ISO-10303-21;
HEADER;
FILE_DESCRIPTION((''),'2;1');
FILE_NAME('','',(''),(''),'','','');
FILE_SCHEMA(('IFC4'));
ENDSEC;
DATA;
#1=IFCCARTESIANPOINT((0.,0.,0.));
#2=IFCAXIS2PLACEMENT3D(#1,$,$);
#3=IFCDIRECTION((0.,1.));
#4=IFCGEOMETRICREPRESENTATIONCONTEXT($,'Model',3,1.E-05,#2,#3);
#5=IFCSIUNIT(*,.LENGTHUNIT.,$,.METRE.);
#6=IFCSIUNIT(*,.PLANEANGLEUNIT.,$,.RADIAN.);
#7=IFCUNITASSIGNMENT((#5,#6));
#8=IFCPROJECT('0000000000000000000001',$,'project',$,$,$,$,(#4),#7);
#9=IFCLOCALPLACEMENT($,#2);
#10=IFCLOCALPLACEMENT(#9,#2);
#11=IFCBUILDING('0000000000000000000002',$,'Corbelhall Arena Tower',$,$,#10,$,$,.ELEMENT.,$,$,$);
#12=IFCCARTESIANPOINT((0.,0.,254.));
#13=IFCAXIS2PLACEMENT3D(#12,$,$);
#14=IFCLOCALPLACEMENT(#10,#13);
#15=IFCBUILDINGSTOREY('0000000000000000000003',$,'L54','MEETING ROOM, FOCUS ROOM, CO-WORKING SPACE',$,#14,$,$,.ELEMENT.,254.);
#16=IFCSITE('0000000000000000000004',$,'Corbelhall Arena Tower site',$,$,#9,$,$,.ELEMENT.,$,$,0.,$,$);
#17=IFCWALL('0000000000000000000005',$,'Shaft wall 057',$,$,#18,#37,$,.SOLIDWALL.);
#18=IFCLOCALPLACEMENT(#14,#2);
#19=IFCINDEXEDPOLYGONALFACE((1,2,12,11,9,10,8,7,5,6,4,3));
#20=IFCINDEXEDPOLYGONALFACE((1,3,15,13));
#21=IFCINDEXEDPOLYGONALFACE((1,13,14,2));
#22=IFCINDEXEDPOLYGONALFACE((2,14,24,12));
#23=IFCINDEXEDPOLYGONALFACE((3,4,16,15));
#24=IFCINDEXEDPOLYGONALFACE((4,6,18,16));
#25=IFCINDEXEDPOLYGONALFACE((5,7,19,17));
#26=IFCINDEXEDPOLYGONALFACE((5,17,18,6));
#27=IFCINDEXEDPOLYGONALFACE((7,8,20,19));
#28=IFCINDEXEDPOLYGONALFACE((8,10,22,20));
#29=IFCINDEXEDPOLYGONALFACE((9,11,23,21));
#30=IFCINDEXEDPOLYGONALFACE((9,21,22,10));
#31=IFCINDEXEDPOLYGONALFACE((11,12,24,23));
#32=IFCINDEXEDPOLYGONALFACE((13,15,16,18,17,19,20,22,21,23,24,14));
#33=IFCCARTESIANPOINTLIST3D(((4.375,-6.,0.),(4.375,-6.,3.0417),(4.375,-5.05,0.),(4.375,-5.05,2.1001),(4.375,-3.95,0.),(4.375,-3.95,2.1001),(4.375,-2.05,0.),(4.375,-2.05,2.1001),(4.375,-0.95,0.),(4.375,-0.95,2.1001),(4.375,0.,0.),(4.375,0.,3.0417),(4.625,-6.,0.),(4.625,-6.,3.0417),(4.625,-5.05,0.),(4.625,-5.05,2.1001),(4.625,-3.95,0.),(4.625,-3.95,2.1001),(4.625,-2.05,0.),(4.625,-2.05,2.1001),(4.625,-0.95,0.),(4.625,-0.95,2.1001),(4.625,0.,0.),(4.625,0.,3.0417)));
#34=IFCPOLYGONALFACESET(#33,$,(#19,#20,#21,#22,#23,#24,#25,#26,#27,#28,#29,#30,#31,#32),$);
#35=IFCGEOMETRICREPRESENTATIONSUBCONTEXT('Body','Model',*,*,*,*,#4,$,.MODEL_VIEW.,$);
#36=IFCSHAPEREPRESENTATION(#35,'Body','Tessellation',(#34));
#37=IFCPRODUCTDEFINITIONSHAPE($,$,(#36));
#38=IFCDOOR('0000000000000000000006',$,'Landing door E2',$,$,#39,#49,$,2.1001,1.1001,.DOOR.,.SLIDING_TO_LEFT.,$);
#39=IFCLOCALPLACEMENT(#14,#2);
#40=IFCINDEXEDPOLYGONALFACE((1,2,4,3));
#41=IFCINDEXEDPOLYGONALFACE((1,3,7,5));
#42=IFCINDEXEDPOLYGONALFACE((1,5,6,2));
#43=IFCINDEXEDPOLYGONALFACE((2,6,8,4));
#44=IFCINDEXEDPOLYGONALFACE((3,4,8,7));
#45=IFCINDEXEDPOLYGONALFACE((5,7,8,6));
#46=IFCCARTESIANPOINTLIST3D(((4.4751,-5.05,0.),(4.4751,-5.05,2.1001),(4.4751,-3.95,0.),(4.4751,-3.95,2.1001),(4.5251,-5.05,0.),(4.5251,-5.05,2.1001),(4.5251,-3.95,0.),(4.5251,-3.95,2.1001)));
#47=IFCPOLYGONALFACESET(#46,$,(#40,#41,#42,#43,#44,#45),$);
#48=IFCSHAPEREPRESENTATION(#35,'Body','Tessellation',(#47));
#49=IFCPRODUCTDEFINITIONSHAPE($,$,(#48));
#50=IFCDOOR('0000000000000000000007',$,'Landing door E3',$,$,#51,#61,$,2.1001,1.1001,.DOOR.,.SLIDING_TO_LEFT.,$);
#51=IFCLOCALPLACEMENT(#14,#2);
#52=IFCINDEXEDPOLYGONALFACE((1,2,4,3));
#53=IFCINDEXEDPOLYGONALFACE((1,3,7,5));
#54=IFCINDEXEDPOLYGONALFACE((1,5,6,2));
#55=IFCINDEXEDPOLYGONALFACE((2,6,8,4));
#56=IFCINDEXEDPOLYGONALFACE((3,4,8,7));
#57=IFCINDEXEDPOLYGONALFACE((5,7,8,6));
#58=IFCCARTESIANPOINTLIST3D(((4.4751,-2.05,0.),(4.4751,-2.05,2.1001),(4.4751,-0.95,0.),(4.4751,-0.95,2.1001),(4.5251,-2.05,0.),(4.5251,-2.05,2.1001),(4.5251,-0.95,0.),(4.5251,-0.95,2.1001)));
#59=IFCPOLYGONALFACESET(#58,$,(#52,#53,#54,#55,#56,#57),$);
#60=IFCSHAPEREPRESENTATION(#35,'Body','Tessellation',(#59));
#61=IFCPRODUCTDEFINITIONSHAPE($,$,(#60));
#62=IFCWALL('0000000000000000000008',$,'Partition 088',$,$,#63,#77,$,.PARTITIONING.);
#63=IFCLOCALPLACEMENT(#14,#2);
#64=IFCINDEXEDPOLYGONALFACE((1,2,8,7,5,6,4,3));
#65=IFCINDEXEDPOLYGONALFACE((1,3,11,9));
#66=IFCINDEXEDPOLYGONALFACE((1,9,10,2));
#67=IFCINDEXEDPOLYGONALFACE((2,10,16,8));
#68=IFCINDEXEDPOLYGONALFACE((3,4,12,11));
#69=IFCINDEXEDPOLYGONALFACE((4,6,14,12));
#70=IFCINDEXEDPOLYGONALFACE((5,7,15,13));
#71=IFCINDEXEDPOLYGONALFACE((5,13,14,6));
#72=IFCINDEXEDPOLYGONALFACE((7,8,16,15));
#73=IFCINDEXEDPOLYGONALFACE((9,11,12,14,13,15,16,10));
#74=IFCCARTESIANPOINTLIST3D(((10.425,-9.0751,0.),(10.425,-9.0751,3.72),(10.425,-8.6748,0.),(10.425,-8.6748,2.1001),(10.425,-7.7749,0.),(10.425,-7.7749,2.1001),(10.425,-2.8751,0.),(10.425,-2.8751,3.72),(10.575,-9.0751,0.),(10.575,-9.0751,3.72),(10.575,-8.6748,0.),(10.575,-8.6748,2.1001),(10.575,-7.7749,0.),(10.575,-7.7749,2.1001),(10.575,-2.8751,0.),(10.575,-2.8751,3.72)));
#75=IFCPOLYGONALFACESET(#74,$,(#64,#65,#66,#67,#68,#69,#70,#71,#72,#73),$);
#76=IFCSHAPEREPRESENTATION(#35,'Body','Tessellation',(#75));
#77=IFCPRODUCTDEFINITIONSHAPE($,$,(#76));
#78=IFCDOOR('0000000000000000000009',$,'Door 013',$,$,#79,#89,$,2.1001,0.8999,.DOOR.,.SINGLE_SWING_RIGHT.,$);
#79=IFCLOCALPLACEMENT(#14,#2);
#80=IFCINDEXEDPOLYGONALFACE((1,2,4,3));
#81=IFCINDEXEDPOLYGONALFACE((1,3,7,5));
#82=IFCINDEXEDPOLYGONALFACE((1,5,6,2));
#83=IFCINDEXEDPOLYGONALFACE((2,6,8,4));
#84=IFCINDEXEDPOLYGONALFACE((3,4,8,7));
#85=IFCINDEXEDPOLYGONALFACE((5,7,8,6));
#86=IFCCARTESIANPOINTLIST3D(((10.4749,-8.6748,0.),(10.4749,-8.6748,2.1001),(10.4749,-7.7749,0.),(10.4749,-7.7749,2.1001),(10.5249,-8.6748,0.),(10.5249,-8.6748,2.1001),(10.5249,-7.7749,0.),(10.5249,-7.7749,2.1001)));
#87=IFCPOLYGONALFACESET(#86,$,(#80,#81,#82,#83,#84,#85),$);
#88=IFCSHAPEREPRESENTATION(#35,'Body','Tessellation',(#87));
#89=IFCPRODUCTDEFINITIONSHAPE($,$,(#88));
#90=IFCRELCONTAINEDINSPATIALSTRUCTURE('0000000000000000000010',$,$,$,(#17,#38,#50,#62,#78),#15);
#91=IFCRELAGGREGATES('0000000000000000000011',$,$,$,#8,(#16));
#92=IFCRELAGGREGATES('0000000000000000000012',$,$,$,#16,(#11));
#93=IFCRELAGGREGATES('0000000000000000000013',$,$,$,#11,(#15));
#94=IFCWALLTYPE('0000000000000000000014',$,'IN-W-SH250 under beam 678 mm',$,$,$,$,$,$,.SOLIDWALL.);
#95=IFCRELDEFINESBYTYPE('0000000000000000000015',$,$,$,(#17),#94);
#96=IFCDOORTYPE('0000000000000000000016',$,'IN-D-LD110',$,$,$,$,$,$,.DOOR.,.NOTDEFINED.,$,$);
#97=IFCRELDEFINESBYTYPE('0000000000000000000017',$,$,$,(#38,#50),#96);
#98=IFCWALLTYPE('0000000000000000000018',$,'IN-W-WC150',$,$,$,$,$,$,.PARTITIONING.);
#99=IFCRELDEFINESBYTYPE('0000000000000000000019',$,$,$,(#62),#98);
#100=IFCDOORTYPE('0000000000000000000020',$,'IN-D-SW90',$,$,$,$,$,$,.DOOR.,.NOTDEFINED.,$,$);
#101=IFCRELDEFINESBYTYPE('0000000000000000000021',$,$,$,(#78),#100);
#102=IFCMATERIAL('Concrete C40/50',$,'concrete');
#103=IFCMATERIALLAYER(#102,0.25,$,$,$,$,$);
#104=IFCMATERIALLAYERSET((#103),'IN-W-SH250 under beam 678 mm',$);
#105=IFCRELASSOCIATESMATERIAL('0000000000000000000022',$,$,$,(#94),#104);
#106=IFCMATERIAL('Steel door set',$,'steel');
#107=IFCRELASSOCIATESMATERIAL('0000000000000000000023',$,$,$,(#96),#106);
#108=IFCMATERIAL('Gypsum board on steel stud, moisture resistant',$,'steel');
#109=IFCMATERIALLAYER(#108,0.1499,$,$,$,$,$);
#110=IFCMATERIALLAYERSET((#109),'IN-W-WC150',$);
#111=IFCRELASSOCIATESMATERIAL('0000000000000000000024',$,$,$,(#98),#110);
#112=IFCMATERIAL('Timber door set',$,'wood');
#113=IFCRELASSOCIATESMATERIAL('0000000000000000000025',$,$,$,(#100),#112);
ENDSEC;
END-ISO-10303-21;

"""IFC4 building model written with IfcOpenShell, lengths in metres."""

from ifc_helpers import new_model, si_unit, direction, frame, frame_2d, origin, place, context, subcontext, project, spatial, rectangle, extrude, material, layer, layer_set, type_object, element, fill, save


model = new_model("IFC4")

# Units and contexts
model_context = context("Model", 3, precision=1e-05, world=origin(), true_north=direction((0.0, 1.0)))
body_context = subcontext(model_context, "Body", "Model", "MODEL_VIEW")
ifc_project = project(units=[si_unit("LENGTHUNIT", "METRE"), si_unit("PLANEANGLEUNIT", "RADIAN")], contexts=[model_context])

# Site, building, storey
site_placement = place(None, origin())
site = spatial("IfcSite", under=ifc_project, at=site_placement, Name="Corbelhall Arena Tower site", CompositionType="ELEMENT", RefElevation=0.0)
building_placement = place(site_placement, origin())
building = spatial("IfcBuilding", under=site, at=building_placement, Name="Corbelhall Arena Tower", CompositionType="ELEMENT")
storey_placement = place(building_placement, frame((0.0, 0.0, 254.0)))
storey = spatial("IfcBuildingStorey", under=building, at=storey_placement, Name="L54", Description="MEETING ROOM, FOCUS ROOM, CO-WORKING SPACE", CompositionType="ELEMENT", Elevation=254.0)

# Shared definitions
ifc_material_1 = material(Name="Concrete C40/50", Category="concrete")

# Shared definitions
ifc_material_2 = material(Name="Steel door set", Category="steel")

# Wall, openings, doors
ifc_layer_1 = layer(ifc_material_1, 0.25)
ifc_layer_set_1 = layer_set([ifc_layer_1], Name="IN-W-SH250 under beam 678 mm")
wall_type_1 = type_object("IfcWallType", Name="IN-W-SH250 under beam 678 mm", PredefinedType="SOLIDWALL", material=ifc_layer_set_1)
wall_1_placement = place(storey_placement, frame((4.5, -6.0, 0.0), z_axis=(0.0, 0.0, 1.0), x_axis=(0.0, 1.0, 0.0)))
wall_1 = element("IfcWall", 1, at=wall_1_placement, inside=storey, type_object=wall_type_1, Name="Shaft wall 057", PredefinedType="SOLIDWALL", context=body_context, shape_type="SweptSolid", body=[
    extrude(rectangle(XDim=6.0, YDim=0.25, at=frame_2d((3.0, 0.0))), origin(), (0.0, 0.0, 1.0), 3.0417),
])
opening_1_placement = place(wall_1_placement, frame((0.95, 0.0, 0.0)))
opening_1 = element("IfcOpeningElement", 2, at=opening_1_placement, cuts=wall_1, PredefinedType="OPENING", context=body_context, shape_type="SweptSolid", body=[
    extrude(rectangle(XDim=1.1001, YDim=2.1001, at=frame_2d((0.55, 1.05))), frame((0.0, 0.125, 0.0), z_axis=(0.0, -1.0, 0.0), x_axis=(1.0, 0.0, 0.0)), (0.0, 0.0, 1.0), 0.25),
])
opening_2_placement = place(wall_1_placement, frame((3.95, 0.0, 0.0)))
opening_2 = element("IfcOpeningElement", 3, at=opening_2_placement, cuts=wall_1, PredefinedType="OPENING", context=body_context, shape_type="SweptSolid", body=[
    extrude(rectangle(XDim=1.1001, YDim=2.1001, at=frame_2d((0.55, 1.05))), frame((0.0, 0.125, 0.0), z_axis=(0.0, -1.0, 0.0), x_axis=(1.0, 0.0, 0.0)), (0.0, 0.0, 1.0), 0.25),
])
door_type_1 = type_object("IfcDoorType", Name="IN-D-LD110", OperationType="NOTDEFINED", PredefinedType="DOOR", material=ifc_material_2)
door_1_placement = place(opening_1_placement, origin())
door_1 = element("IfcDoor", 4, at=door_1_placement, inside=storey, type_object=door_type_1, Name="Landing door E2", OperationType="SLIDING_TO_LEFT", OverallHeight=2.1001, OverallWidth=1.1001, PredefinedType="DOOR", context=body_context, shape_type="SweptSolid", body=[
    extrude(rectangle(XDim=1.1001, YDim=2.1001, at=frame_2d((0.55, 1.05))), frame((0.0, 0.0249, 0.0), z_axis=(0.0, -1.0, 0.0), x_axis=(1.0, 0.0, 0.0)), (0.0, 0.0, 1.0), 0.05),
])
fill(opening_1, door_1)
door_2_placement = place(opening_2_placement, origin())
door_2 = element("IfcDoor", 5, at=door_2_placement, inside=storey, type_object=door_type_1, Name="Landing door E3", OperationType="SLIDING_TO_LEFT", OverallHeight=2.1001, OverallWidth=1.1001, PredefinedType="DOOR", context=body_context, shape_type="SweptSolid", body=[
    extrude(rectangle(XDim=1.1001, YDim=2.1001, at=frame_2d((0.55, 1.05))), frame((0.0, 0.0249, 0.0), z_axis=(0.0, -1.0, 0.0), x_axis=(1.0, 0.0, 0.0)), (0.0, 0.0, 1.0), 0.05),
])
fill(opening_2, door_2)

# Wall, opening, door
ifc_material_3 = material(Name="Gypsum board on steel stud, moisture resistant", Category="steel")
ifc_layer_2 = layer(ifc_material_3, 0.1499)
ifc_layer_set_2 = layer_set([ifc_layer_2], Name="IN-W-WC150")
wall_type_2 = type_object("IfcWallType", Name="IN-W-WC150", PredefinedType="PARTITIONING", material=ifc_layer_set_2)
wall_2_placement = place(storey_placement, frame((10.5, -2.875, 0.0), z_axis=(0.0, 0.0, 1.0), x_axis=(0.0, -1.0, 0.0)))
wall_2 = element("IfcWall", 6, at=wall_2_placement, inside=storey, type_object=wall_type_2, Name="Partition 088", PredefinedType="PARTITIONING", context=body_context, shape_type="SweptSolid", body=[
    extrude(rectangle(XDim=6.2, YDim=0.1499, at=frame_2d((3.1001, 0.0))), origin(), (0.0, 0.0, 1.0), 3.72),
])
opening_3_placement = place(wall_2_placement, frame((4.8999, 0.0, 0.0)))
opening_3 = element("IfcOpeningElement", 7, at=opening_3_placement, cuts=wall_2, PredefinedType="OPENING", context=body_context, shape_type="SweptSolid", body=[
    extrude(rectangle(XDim=0.8999, YDim=2.1001, at=frame_2d((0.45, 1.05))), frame((0.0, 0.075, 0.0), z_axis=(0.0, -1.0, 0.0), x_axis=(1.0, 0.0, 0.0)), (0.0, 0.0, 1.0), 0.1499),
])
ifc_material_4 = material(Name="Timber door set", Category="wood")
door_type_2 = type_object("IfcDoorType", Name="IN-D-SW90", OperationType="NOTDEFINED", PredefinedType="DOOR", material=ifc_material_4)
door_3_placement = place(opening_3_placement, origin())
door_3 = element("IfcDoor", 8, at=door_3_placement, inside=storey, type_object=door_type_2, Name="Door 013", OperationType="SINGLE_SWING_RIGHT", OverallHeight=2.1001, OverallWidth=0.8999, PredefinedType="DOOR", context=body_context, shape_type="SweptSolid", body=[
    extrude(rectangle(XDim=0.8999, YDim=2.1001, at=frame_2d((0.45, 1.05))), frame((0.0, 0.0249, 0.0), z_axis=(0.0, -1.0, 0.0), x_axis=(1.0, 0.0, 0.0)), (0.0, 0.0, 1.0), 0.05),
])
fill(opening_3, door_3)

save(model, "model.ifc")
